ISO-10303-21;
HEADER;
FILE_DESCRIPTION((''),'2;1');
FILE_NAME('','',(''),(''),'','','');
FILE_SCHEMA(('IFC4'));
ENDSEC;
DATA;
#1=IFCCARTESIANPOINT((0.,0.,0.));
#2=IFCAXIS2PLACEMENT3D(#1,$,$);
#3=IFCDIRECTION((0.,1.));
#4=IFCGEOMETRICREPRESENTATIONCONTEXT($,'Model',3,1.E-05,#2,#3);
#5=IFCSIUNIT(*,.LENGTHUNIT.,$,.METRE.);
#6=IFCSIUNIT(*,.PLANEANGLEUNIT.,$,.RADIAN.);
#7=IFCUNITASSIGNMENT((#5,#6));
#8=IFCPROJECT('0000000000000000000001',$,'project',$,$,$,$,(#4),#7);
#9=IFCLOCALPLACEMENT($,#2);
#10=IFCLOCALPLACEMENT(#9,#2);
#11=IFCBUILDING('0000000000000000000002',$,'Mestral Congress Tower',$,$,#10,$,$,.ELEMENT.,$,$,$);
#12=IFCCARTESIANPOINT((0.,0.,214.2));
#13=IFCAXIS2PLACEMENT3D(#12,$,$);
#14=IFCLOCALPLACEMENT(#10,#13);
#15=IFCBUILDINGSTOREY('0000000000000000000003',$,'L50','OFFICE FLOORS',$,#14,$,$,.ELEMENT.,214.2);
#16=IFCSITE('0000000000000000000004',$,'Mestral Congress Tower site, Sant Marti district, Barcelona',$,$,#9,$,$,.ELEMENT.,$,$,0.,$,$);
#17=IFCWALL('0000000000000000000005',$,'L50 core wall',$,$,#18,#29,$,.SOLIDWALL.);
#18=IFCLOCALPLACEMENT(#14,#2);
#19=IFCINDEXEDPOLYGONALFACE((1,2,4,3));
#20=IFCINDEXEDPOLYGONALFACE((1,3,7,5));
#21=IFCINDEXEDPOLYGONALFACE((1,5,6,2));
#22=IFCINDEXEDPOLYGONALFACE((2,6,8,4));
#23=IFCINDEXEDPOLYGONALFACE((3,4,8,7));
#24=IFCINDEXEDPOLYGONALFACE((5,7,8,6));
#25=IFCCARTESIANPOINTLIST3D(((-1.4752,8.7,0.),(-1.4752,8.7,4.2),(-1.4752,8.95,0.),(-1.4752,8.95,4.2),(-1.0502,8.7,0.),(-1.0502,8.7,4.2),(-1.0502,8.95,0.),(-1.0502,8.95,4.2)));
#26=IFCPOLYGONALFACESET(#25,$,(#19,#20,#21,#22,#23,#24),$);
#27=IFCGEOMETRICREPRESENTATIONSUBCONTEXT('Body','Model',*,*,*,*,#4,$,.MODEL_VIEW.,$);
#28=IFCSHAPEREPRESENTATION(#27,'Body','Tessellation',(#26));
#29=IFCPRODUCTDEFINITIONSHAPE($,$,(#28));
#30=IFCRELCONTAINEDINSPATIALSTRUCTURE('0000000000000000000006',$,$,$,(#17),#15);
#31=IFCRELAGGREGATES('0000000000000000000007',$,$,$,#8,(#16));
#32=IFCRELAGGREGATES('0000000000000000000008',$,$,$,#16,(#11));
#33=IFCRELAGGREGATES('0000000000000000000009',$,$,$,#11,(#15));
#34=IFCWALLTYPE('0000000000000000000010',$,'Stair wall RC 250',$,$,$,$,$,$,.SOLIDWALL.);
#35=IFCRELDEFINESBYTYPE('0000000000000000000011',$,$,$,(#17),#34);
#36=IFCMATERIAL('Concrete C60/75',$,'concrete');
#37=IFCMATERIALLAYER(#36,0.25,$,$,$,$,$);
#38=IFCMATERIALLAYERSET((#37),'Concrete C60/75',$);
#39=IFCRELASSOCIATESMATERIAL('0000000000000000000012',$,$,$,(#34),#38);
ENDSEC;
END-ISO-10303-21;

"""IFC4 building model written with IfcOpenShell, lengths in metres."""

from ifc_helpers import new_model, si_unit, direction, frame, frame_2d, origin, place, context, subcontext, project, spatial, rectangle, extrude, material, layer, layer_set, type_object, element, save


model = new_model("IFC4")

# Units and contexts
model_context = context("Model", 3, precision=1e-05, world=origin(), true_north=direction((0.0, 1.0)))
body_context = subcontext(model_context, "Body", "Model", "MODEL_VIEW")
ifc_project = project(units=[si_unit("LENGTHUNIT", "METRE"), si_unit("PLANEANGLEUNIT", "RADIAN")], contexts=[model_context])

# Site, building, storey
site_placement = place(None, origin())
site = spatial("IfcSite", under=ifc_project, at=site_placement, Name="Mestral Congress Tower site, Sant Marti district, Barcelona", CompositionType="ELEMENT", RefElevation=0.0)
building_placement = place(site_placement, origin())
building = spatial("IfcBuilding", under=site, at=building_placement, Name="Mestral Congress Tower", CompositionType="ELEMENT")
storey_placement = place(building_placement, frame((0.0, 0.0, 214.2)))
storey = spatial("IfcBuildingStorey", under=building, at=storey_placement, Name="L50", Description="OFFICE FLOORS", CompositionType="ELEMENT", Elevation=214.2)

# Shared definitions
ifc_material_1 = material(Name="Concrete C60/75", Category="concrete")

# Wall
ifc_layer_1 = layer(ifc_material_1, 0.25)
ifc_layer_set_1 = layer_set([ifc_layer_1], Name="Concrete C60/75")
wall_type_1 = type_object("IfcWallType", Name="Stair wall RC 250", PredefinedType="SOLIDWALL", material=ifc_layer_set_1)
wall_1_placement = place(storey_placement, frame((-1.4751, 8.825, 0.0), z_axis=(0.0, 0.0, 1.0), x_axis=(1.0, 0.0, 0.0)))
element("IfcWall", 1, at=wall_1_placement, inside=storey, type_object=wall_type_1, Name="L50 core wall", PredefinedType="SOLIDWALL", context=body_context, shape_type="SweptSolid", body=[
    extrude(rectangle(XDim=0.425, YDim=0.25, at=frame_2d((0.2124, 0.0))), origin(), (0.0, 0.0, 1.0), 4.2),
])

save(model, "model.ifc")
